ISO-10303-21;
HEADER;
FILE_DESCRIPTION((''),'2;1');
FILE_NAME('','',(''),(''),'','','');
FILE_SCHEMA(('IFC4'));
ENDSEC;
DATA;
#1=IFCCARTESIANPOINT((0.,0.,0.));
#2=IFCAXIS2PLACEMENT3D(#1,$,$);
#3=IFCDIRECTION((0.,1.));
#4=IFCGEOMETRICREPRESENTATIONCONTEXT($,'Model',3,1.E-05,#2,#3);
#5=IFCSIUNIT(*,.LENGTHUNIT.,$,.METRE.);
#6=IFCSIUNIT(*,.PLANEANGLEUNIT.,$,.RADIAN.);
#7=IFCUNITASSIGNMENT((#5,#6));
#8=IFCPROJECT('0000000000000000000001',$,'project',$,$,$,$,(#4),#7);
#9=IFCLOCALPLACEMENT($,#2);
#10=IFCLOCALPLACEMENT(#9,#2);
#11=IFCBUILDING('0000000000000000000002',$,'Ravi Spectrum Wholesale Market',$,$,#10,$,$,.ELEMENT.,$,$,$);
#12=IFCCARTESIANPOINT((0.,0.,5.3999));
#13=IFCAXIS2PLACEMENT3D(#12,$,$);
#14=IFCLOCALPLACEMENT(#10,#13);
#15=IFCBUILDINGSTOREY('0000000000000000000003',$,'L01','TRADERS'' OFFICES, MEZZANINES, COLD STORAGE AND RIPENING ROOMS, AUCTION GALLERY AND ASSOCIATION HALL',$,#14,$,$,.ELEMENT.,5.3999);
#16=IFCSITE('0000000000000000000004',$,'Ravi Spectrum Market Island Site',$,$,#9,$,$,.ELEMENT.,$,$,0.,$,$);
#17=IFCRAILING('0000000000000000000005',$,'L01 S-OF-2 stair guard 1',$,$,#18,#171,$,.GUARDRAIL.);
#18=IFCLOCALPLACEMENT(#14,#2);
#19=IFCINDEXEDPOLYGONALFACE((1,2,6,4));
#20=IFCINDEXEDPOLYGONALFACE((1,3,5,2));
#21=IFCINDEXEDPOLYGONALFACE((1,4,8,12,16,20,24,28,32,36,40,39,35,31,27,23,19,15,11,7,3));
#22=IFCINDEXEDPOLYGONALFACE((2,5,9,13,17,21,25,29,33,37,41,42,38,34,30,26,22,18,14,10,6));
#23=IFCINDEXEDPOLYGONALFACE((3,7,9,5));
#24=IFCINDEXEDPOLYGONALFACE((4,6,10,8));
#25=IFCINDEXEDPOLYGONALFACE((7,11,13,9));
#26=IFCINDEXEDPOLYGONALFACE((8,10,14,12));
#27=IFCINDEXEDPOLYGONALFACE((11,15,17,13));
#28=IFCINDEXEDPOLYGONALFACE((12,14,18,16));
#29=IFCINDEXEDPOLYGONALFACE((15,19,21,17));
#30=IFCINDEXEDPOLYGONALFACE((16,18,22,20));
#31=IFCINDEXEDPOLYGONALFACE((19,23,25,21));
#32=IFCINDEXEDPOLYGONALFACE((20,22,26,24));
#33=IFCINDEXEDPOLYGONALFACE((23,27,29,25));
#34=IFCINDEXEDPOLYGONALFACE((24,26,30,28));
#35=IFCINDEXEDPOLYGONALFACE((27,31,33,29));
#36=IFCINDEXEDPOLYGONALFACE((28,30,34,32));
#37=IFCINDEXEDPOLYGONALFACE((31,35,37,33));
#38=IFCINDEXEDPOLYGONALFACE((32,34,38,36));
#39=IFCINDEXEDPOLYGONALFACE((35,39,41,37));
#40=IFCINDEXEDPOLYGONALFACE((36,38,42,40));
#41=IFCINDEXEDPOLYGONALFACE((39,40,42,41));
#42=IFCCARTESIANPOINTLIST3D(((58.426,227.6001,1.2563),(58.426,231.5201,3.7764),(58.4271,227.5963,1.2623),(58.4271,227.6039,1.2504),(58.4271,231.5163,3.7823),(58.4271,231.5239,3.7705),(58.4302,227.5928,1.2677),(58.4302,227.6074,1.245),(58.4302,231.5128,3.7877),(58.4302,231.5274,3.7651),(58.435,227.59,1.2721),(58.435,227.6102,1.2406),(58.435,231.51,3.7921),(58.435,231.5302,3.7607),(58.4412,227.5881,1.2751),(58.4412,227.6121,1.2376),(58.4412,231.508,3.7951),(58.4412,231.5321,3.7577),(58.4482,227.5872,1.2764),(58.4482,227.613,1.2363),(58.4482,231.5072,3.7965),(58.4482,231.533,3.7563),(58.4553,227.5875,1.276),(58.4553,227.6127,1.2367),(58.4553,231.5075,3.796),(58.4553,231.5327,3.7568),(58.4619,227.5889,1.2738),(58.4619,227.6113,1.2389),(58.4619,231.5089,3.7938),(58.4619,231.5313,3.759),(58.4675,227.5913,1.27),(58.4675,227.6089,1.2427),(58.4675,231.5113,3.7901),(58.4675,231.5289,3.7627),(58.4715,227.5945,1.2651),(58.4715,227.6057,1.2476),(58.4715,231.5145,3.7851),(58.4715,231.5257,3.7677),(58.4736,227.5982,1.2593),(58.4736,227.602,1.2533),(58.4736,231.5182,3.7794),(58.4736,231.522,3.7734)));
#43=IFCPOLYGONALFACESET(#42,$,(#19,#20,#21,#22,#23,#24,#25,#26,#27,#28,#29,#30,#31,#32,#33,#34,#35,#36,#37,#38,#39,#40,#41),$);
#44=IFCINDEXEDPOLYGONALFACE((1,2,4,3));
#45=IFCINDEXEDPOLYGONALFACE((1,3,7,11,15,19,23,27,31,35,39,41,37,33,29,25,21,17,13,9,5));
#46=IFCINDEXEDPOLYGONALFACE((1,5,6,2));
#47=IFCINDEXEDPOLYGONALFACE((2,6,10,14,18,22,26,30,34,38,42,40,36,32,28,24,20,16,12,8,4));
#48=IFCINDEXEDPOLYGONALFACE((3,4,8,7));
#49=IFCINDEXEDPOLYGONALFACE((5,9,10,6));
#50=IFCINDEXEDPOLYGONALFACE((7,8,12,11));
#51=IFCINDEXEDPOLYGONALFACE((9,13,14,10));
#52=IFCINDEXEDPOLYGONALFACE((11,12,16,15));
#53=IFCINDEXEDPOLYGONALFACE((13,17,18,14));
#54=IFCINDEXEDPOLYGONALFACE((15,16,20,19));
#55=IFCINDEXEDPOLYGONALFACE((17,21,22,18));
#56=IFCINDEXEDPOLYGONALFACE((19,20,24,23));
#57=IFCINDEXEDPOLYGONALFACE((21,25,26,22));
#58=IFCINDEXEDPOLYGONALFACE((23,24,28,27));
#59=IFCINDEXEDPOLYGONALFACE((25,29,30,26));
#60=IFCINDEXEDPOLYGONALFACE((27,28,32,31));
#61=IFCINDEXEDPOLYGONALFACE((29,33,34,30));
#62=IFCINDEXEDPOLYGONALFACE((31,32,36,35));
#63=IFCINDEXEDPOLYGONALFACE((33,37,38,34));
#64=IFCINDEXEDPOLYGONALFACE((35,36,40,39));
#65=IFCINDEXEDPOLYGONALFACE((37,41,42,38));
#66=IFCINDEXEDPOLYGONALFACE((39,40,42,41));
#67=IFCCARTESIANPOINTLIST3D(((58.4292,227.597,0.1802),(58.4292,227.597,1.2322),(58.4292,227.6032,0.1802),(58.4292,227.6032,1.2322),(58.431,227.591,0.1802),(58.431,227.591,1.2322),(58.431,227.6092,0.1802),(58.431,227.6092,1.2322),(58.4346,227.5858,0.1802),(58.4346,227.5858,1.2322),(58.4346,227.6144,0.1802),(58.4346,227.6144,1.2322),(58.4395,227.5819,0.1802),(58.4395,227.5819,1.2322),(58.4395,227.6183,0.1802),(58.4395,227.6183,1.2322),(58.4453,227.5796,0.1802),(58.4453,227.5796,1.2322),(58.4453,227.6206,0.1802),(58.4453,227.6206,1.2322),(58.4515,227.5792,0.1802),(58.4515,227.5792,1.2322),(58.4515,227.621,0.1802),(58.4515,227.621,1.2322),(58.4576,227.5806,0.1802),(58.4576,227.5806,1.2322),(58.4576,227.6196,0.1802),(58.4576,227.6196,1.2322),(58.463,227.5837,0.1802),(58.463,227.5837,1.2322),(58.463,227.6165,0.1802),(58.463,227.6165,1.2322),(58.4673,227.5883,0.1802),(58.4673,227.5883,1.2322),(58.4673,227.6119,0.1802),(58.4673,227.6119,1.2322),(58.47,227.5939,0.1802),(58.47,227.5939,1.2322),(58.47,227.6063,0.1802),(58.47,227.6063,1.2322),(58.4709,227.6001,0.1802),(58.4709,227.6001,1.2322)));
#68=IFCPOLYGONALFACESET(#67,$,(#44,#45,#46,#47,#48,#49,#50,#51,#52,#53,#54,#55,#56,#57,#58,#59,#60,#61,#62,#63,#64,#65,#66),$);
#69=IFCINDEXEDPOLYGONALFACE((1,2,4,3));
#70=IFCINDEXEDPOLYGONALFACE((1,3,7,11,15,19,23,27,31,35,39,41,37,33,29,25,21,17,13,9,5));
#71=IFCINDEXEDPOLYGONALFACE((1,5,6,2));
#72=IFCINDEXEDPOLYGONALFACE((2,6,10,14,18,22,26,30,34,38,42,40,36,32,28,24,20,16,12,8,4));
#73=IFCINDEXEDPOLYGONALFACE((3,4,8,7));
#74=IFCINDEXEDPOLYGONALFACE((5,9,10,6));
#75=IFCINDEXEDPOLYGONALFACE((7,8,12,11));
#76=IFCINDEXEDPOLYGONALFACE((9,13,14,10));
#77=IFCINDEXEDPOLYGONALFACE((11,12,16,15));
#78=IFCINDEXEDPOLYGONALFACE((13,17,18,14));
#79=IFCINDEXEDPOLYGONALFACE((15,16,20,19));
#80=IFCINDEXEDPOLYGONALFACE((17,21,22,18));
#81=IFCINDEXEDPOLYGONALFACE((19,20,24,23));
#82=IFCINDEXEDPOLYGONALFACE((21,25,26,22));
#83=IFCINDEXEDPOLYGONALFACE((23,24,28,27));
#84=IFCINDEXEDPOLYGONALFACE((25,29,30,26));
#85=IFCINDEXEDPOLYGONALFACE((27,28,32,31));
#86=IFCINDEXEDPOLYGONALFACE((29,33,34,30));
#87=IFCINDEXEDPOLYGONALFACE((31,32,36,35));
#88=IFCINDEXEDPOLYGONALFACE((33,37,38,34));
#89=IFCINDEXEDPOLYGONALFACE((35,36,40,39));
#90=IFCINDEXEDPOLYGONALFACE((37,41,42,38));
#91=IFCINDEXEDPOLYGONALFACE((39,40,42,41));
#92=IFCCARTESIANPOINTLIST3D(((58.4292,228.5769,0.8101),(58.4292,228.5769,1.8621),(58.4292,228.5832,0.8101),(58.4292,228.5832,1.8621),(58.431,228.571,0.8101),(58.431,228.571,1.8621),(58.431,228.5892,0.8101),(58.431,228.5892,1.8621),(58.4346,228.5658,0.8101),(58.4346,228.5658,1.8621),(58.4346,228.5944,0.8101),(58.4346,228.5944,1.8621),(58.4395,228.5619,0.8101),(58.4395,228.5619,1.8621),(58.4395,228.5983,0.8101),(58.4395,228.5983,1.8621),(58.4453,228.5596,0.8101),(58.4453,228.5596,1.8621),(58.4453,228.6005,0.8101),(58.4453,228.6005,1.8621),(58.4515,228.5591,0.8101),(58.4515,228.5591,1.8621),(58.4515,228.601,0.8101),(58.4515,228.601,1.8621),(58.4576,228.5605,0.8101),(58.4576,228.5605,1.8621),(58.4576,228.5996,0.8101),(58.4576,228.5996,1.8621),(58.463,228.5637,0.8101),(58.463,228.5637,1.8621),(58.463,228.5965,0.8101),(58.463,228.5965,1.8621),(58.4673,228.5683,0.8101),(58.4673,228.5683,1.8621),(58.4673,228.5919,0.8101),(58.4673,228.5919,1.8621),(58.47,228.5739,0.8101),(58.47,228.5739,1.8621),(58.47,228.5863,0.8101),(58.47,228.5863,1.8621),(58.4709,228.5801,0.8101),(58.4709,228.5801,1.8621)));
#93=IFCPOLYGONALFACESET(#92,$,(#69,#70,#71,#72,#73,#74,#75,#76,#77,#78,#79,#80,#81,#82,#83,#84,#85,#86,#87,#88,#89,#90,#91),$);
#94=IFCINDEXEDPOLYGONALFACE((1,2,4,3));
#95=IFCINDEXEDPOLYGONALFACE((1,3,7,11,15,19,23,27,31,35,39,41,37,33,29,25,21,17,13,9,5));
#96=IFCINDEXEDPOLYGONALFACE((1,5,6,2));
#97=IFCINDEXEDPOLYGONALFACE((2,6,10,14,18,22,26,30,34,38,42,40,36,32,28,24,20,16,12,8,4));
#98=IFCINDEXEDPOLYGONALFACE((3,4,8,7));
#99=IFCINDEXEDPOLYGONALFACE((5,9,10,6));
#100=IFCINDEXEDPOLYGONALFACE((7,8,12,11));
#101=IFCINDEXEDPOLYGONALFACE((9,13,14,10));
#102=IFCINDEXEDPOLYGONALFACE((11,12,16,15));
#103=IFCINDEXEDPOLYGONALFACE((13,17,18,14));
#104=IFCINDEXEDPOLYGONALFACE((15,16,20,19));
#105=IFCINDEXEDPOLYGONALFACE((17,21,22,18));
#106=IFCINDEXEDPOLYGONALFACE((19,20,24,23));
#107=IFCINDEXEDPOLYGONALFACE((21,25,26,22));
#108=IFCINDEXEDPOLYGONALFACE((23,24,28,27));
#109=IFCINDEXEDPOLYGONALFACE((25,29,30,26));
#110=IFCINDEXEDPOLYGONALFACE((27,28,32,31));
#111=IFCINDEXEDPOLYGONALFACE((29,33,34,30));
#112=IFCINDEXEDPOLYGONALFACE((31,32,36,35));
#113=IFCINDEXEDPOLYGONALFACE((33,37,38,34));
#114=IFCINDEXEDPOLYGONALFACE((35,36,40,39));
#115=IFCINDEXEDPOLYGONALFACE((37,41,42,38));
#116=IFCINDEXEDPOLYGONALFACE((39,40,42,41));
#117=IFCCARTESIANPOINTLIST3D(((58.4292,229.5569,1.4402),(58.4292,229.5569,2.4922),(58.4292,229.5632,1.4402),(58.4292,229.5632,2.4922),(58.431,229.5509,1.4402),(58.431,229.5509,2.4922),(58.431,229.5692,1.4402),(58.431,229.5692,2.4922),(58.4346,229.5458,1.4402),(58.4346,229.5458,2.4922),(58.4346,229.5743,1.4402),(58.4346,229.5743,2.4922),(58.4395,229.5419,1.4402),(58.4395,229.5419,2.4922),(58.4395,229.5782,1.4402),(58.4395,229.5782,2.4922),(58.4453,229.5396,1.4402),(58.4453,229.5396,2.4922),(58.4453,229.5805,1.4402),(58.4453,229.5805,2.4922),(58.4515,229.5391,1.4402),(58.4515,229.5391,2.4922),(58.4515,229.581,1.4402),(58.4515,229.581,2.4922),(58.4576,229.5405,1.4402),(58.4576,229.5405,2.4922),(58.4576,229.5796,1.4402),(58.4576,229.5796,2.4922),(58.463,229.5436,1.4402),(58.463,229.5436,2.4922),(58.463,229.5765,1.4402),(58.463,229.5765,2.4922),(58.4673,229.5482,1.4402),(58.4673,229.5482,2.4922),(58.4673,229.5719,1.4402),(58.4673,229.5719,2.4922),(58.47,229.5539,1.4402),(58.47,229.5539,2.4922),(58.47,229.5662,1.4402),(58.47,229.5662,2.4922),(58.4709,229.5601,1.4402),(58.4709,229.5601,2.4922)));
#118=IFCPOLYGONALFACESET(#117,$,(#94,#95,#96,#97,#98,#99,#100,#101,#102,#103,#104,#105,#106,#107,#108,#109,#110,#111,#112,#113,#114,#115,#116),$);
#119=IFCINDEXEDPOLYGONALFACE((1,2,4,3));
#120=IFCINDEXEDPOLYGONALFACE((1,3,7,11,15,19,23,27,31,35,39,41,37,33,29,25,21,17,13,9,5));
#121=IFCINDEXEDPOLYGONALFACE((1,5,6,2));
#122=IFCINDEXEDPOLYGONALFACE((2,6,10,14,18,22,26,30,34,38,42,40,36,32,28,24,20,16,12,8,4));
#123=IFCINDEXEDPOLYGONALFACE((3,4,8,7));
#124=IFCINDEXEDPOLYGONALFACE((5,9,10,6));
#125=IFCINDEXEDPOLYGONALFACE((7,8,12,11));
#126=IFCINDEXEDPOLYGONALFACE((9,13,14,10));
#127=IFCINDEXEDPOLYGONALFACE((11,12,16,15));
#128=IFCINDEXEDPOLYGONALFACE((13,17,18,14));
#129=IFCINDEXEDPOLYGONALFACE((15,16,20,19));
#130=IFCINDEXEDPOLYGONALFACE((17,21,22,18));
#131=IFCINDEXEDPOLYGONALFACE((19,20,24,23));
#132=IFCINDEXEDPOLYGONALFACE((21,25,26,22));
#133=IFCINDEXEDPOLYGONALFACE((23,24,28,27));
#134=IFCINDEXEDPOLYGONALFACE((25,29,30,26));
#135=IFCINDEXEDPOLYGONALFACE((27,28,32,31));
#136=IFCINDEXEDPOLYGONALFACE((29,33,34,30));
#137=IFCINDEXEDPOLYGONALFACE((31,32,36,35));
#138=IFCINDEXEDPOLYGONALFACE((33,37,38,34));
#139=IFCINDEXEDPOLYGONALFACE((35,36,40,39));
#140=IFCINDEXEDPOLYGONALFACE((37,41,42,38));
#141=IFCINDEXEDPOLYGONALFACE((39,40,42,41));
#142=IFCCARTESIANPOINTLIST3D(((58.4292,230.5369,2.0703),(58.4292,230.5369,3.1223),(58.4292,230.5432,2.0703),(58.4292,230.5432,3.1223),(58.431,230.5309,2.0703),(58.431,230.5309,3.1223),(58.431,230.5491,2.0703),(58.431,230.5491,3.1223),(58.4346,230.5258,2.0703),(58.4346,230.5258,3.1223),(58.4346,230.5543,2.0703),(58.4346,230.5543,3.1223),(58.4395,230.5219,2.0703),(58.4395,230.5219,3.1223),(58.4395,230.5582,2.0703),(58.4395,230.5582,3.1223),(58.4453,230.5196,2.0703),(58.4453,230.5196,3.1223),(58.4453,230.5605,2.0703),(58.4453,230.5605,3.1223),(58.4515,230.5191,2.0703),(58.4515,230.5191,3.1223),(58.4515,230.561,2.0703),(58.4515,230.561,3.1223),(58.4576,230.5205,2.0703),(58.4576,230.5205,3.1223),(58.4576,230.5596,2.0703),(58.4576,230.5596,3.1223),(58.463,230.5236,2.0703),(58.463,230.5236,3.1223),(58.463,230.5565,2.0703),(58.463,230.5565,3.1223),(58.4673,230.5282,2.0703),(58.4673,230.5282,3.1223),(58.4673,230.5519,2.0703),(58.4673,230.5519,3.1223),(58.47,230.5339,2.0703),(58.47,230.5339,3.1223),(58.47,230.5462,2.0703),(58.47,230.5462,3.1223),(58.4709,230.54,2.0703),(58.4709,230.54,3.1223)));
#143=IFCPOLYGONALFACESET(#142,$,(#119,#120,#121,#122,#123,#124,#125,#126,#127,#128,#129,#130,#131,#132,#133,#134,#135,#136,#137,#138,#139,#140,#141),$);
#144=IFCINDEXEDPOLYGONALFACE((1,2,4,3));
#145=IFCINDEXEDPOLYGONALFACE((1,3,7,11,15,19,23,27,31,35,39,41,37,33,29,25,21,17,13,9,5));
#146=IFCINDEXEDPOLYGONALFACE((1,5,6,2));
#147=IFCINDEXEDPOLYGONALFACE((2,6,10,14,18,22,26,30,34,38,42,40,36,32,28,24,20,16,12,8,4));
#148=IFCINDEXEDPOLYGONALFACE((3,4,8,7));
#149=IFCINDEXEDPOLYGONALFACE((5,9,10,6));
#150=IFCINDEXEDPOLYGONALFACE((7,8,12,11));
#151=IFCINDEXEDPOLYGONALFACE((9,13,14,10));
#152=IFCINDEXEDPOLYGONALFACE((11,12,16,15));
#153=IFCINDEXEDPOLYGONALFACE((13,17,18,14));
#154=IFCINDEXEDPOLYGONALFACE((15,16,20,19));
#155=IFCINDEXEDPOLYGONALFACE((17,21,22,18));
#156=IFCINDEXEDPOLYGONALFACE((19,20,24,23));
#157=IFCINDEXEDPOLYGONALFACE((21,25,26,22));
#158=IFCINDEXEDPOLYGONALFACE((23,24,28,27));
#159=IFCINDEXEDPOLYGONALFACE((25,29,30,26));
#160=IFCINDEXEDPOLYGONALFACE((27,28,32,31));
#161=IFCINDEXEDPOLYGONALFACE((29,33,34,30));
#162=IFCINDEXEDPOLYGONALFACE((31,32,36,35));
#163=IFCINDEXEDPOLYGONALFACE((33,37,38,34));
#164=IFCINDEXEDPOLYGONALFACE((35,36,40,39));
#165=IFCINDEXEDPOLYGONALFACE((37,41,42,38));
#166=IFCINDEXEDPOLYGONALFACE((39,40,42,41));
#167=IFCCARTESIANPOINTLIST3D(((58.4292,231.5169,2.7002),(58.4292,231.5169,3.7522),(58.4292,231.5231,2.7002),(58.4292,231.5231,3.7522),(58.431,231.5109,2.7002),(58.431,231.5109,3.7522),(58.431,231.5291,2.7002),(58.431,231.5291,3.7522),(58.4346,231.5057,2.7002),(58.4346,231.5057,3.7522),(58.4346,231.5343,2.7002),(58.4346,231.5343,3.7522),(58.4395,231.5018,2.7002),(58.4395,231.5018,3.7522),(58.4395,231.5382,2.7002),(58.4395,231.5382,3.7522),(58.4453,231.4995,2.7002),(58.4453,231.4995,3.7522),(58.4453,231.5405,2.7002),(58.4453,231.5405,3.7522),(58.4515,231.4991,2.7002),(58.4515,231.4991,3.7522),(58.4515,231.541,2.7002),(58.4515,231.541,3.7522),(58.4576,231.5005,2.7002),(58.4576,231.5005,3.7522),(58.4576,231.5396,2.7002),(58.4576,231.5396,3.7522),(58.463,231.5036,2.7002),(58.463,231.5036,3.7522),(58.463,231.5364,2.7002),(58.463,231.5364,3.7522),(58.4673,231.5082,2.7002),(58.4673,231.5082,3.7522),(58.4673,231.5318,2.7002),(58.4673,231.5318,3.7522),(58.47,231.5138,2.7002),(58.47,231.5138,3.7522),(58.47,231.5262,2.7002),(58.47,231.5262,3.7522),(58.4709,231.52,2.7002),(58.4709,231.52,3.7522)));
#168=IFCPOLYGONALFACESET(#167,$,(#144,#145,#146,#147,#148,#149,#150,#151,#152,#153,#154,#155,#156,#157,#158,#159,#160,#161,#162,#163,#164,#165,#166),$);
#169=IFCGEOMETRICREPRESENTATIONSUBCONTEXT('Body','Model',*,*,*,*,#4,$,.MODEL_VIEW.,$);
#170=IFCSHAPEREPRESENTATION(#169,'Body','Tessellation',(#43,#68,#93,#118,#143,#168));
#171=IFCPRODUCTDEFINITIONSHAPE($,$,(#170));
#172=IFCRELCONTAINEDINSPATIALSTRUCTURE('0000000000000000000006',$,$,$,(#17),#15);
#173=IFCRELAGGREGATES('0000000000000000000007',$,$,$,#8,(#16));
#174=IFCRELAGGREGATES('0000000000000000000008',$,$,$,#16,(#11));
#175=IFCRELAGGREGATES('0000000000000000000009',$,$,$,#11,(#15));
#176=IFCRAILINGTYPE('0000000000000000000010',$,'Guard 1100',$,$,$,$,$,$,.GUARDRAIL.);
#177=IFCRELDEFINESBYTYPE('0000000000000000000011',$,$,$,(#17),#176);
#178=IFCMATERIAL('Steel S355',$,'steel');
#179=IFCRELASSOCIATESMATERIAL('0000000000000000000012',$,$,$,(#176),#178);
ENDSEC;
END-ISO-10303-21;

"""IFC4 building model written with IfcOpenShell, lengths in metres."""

from ifc_helpers import new_model, si_unit, direction, frame, origin, origin_2d, place, context, subcontext, project, spatial, circle, extrude, material, type_object, element, save


model = new_model("IFC4")

# Units and contexts
model_context = context("Model", 3, precision=1e-05, world=origin(), true_north=direction((0.0, 1.0)))
body_context = subcontext(model_context, "Body", "Model", "MODEL_VIEW")
ifc_project = project(units=[si_unit("LENGTHUNIT", "METRE"), si_unit("PLANEANGLEUNIT", "RADIAN")], contexts=[model_context])

# Site, building, storey
site_placement = place(None, origin())
site = spatial("IfcSite", under=ifc_project, at=site_placement, Name="Ravi Spectrum Market Island Site", CompositionType="ELEMENT", RefElevation=0.0)
building_placement = place(site_placement, origin())
building = spatial("IfcBuilding", under=site, at=building_placement, Name="Ravi Spectrum Wholesale Market", CompositionType="ELEMENT")
storey_placement = place(building_placement, frame((0.0, 0.0, 5.3999)))
storey = spatial("IfcBuildingStorey", under=building, at=storey_placement, Name="L01", Description="TRADERS' OFFICES, MEZZANINES, COLD STORAGE AND RIPENING ROOMS, AUCTION GALLERY AND ASSOCIATION HALL", CompositionType="ELEMENT", Elevation=5.3999)

# Railing
ifc_material_1 = material(Name="Steel S355", Category="steel")
railing_type_1 = type_object("IfcRailingType", Name="Guard 1100", PredefinedType="GUARDRAIL", material=ifc_material_1)
railing_1_placement = place(storey_placement, frame((58.45, 227.6001, 0.1802)))
element("IfcRailing", 1, at=railing_1_placement, inside=storey, type_object=railing_type_1, Name="L01 S-OF-2 stair guard 1", PredefinedType="GUARDRAIL", context=body_context, shape_type="SweptSolid", body=[
    extrude(circle(Radius=0.0239, at=origin_2d()), frame((0.0, 0.0, 1.0762), z_axis=(0.0, 0.841172, 0.540768), x_axis=(-1.0, 0.0, 0.0)), (0.0, 0.0, 1.0), 4.6602),
    extrude(circle(Radius=0.021, at=origin_2d()), origin(), (0.0, 0.0, 1.0), 1.052),
    extrude(circle(Radius=0.021, at=origin_2d()), frame((0.0, 0.98, 0.6299)), (0.0, 0.0, 1.0), 1.052),
    extrude(circle(Radius=0.021, at=origin_2d()), frame((0.0, 1.96, 1.26)), (0.0, 0.0, 1.0), 1.052),
    extrude(circle(Radius=0.021, at=origin_2d()), frame((0.0, 2.9399, 1.8901)), (0.0, 0.0, 1.0), 1.052),
    extrude(circle(Radius=0.021, at=origin_2d()), frame((0.0, 3.9199, 2.52)), (0.0, 0.0, 1.0), 1.052),
])

save(model, "model.ifc")
